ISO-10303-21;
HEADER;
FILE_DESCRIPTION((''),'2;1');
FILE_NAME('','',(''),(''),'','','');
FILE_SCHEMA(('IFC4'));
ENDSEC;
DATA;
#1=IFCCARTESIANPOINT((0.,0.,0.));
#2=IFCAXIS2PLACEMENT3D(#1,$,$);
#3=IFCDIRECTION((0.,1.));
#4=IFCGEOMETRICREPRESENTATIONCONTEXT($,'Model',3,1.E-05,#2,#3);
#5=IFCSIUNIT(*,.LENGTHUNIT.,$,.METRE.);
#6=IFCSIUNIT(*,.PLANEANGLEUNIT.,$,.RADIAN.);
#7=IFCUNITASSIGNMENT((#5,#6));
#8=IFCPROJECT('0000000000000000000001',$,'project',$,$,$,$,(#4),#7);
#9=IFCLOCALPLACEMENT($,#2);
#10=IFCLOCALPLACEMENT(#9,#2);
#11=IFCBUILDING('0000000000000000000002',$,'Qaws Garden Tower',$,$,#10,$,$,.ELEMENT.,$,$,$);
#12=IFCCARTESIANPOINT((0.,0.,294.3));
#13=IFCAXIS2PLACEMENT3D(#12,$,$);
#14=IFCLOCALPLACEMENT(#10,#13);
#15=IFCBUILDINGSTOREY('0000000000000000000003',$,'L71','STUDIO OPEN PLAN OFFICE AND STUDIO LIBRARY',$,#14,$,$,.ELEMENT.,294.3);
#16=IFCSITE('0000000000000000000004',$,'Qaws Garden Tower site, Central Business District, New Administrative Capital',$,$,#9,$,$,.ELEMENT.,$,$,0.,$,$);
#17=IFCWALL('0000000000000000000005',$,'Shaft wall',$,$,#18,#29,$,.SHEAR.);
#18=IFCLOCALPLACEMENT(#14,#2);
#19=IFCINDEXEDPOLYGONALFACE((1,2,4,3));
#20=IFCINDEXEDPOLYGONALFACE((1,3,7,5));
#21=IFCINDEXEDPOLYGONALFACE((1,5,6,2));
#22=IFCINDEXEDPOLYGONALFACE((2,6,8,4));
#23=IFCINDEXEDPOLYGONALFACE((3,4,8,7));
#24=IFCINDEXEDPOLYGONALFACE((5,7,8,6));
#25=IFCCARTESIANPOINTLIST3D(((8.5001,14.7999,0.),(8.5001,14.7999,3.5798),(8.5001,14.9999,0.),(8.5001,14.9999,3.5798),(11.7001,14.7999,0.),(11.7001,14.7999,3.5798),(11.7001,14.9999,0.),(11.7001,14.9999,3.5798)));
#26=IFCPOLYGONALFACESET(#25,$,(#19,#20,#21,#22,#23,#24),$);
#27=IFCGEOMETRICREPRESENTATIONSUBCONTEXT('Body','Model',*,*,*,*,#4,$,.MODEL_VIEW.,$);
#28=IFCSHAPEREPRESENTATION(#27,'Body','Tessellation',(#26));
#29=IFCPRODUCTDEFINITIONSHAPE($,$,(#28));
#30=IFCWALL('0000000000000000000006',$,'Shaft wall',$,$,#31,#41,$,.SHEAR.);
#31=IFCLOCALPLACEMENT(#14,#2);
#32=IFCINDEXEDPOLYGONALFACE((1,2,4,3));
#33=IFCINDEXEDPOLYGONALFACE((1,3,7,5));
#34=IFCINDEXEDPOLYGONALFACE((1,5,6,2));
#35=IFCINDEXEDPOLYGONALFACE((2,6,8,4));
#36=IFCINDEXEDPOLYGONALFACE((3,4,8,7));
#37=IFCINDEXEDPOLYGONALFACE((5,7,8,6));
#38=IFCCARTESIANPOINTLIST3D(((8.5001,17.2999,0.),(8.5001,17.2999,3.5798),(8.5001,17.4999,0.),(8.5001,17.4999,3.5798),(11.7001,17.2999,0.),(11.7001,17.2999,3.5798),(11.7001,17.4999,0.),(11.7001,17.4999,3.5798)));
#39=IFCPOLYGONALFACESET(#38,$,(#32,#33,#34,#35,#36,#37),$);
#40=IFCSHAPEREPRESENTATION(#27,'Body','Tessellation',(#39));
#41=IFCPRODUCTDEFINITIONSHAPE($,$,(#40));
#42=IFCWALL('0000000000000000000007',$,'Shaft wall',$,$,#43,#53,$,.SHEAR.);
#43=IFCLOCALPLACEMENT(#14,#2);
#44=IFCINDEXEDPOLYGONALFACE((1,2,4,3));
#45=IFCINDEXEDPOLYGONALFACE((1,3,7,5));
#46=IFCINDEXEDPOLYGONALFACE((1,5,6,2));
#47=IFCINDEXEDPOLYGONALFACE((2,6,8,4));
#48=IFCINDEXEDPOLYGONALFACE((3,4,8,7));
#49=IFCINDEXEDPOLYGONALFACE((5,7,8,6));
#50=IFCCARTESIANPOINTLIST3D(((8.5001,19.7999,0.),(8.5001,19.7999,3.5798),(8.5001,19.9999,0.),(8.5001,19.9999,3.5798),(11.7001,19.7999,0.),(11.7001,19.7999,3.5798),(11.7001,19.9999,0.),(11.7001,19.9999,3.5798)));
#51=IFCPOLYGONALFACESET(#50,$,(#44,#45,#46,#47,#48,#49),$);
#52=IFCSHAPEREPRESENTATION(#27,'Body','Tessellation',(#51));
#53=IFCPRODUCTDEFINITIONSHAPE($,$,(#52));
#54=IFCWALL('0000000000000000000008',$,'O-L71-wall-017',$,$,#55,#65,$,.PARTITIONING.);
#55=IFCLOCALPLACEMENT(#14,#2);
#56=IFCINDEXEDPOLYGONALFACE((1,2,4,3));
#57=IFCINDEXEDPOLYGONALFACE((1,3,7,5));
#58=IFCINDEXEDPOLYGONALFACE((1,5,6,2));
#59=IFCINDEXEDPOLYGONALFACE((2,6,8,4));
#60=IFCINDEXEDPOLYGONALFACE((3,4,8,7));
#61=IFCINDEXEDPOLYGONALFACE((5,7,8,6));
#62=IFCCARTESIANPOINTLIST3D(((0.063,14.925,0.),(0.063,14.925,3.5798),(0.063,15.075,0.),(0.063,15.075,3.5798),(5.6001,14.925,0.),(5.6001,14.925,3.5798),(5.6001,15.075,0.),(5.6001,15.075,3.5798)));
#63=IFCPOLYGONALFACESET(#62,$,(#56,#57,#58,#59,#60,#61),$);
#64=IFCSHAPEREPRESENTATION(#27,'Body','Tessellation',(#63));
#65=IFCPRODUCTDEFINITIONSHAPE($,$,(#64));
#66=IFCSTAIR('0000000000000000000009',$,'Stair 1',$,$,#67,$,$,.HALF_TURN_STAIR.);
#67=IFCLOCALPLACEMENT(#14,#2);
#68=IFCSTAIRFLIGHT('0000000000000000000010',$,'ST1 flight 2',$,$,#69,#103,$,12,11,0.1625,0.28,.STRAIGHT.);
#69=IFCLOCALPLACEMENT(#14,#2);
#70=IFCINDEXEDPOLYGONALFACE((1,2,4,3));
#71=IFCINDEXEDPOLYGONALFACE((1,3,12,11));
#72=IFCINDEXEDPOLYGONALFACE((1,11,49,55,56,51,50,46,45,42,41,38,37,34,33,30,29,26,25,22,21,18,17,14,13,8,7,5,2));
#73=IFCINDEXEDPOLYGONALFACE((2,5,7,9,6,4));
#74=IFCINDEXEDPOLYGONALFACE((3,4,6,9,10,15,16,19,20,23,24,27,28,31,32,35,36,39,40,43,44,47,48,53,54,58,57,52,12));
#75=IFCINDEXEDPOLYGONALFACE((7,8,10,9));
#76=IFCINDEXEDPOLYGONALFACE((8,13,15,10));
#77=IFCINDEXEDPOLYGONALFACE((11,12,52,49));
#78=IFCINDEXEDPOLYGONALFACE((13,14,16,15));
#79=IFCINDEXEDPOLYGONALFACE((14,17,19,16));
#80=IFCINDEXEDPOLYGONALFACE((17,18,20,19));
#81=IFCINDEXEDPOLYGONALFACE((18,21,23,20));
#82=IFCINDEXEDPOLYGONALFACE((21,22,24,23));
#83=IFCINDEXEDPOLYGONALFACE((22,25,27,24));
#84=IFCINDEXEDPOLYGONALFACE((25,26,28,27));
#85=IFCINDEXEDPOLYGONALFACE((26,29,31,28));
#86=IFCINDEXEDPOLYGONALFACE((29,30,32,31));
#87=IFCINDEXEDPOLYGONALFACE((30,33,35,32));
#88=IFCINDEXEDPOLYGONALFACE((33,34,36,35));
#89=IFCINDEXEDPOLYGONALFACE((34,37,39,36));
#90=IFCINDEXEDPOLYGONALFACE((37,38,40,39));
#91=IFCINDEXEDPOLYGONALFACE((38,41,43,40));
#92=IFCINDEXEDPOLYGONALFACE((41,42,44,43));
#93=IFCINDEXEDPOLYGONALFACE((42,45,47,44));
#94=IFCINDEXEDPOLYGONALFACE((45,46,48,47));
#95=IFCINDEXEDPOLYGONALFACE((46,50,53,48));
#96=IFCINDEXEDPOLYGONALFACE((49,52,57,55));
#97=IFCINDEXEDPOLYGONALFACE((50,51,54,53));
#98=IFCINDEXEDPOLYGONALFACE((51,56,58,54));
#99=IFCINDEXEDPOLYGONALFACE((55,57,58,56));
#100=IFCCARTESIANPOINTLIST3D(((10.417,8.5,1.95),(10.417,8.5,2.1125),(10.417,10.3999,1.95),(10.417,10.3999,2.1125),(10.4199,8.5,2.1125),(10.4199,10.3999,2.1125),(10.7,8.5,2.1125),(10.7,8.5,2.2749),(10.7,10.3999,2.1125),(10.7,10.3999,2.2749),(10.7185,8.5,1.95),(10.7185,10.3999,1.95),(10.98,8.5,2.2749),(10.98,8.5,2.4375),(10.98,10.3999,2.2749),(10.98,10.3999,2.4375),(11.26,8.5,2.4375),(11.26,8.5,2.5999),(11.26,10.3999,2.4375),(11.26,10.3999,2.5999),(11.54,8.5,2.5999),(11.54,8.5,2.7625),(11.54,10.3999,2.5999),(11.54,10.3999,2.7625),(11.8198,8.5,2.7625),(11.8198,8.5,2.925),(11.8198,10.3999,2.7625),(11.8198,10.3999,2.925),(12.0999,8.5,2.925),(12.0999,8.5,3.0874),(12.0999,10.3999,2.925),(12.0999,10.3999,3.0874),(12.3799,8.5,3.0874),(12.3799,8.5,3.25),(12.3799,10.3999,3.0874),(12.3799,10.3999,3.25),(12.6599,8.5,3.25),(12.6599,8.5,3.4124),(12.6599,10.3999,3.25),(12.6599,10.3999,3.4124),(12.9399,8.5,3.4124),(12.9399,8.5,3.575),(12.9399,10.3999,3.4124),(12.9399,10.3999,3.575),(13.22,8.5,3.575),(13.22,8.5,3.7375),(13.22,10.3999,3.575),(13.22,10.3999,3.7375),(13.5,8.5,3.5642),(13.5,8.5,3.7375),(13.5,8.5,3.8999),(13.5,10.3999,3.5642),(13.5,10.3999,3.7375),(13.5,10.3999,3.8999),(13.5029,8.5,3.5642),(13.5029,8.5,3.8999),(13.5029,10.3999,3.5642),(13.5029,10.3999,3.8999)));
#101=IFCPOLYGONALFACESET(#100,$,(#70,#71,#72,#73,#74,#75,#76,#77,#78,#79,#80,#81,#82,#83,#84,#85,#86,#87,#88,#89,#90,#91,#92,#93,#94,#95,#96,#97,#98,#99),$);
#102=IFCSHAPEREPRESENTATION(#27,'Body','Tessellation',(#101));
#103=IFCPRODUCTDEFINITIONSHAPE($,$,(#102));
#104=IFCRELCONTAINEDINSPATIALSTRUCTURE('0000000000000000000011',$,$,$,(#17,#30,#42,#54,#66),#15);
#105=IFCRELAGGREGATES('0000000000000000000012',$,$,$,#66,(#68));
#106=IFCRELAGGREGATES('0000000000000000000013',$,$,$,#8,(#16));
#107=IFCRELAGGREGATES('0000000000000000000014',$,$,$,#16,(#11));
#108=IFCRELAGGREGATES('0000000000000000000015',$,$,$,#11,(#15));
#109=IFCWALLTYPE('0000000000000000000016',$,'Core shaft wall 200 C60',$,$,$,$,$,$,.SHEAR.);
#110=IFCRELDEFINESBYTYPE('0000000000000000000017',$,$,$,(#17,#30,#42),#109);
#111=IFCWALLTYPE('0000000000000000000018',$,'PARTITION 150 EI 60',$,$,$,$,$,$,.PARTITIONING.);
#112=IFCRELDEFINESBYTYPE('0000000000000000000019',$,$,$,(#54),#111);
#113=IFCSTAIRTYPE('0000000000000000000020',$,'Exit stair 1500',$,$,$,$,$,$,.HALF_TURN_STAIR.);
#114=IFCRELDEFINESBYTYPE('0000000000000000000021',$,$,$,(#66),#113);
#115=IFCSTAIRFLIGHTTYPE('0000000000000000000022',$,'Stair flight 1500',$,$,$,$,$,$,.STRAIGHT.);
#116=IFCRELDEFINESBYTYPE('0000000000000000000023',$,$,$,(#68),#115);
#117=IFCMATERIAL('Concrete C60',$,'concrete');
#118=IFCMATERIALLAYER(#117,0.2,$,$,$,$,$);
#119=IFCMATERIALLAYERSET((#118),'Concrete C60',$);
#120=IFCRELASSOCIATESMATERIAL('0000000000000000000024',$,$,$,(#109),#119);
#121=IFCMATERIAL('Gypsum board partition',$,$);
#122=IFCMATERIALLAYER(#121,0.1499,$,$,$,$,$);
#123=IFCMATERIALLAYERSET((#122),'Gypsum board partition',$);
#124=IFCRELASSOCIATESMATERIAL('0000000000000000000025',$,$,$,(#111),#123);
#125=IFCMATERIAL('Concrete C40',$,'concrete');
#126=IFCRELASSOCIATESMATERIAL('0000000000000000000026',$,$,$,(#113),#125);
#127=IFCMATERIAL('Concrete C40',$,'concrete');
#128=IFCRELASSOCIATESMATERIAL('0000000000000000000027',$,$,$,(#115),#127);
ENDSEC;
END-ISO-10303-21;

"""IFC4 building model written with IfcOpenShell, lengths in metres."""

from ifc_helpers import new_model, si_unit, direction, frame, frame_2d, origin, place, context, subcontext, project, spatial, polyline, rectangle, outline, extrude, material, layer, layer_set, type_object, element, aggregate, save


model = new_model("IFC4")

# Units and contexts
model_context = context("Model", 3, precision=1e-05, world=origin(), true_north=direction((0.0, 1.0)))
body_context = subcontext(model_context, "Body", "Model", "MODEL_VIEW")
ifc_project = project(units=[si_unit("LENGTHUNIT", "METRE"), si_unit("PLANEANGLEUNIT", "RADIAN")], contexts=[model_context])

# Site, building, storey
site_placement = place(None, origin())
site = spatial("IfcSite", under=ifc_project, at=site_placement, Name="Qaws Garden Tower site, Central Business District, New Administrative Capital", CompositionType="ELEMENT", RefElevation=0.0)
building_placement = place(site_placement, origin())
building = spatial("IfcBuilding", under=site, at=building_placement, Name="Qaws Garden Tower", CompositionType="ELEMENT")
storey_placement = place(building_placement, frame((0.0, 0.0, 294.3)))
storey = spatial("IfcBuildingStorey", under=building, at=storey_placement, Name="L71", Description="STUDIO OPEN PLAN OFFICE AND STUDIO LIBRARY", CompositionType="ELEMENT", Elevation=294.3)

# Walls
ifc_material_1 = material(Name="Concrete C60", Category="concrete")
ifc_layer_1 = layer(ifc_material_1, 0.2)
ifc_layer_set_1 = layer_set([ifc_layer_1], Name="Concrete C60")
wall_type_1 = type_object("IfcWallType", Name="Core shaft wall 200 C60", PredefinedType="SHEAR", material=ifc_layer_set_1)
for number, where, z_axis, x_axis, name in (
    (1, (8.5, 14.8999, 0.0), (0.0, 0.0, 1.0), (1.0, 0.0, 0.0), "Shaft wall"),
    (2, (8.5, 17.3999, 0.0), (0.0, 0.0, 1.0), (1.0, 0.0, 0.0), "Shaft wall"),
    (3, (8.5, 19.8999, 0.0), (0.0, 0.0, 1.0), (1.0, 0.0, 0.0), "Shaft wall"),
):
    element("IfcWall", number, at=place(storey_placement, frame(where, z_axis=z_axis, x_axis=x_axis)), inside=storey, type_object=wall_type_1, Name=name, PredefinedType="SHEAR", context=body_context, shape_type="SweptSolid", body=[
        extrude(rectangle(XDim=3.2, YDim=0.2, at=frame_2d((1.6001, 0.0))), origin(), (0.0, 0.0, 1.0), 3.5798),
    ])
ifc_material_2 = material(Name="Gypsum board partition")
ifc_layer_2 = layer(ifc_material_2, 0.1499)
ifc_layer_set_2 = layer_set([ifc_layer_2], Name="Gypsum board partition")
wall_type_2 = type_object("IfcWallType", Name="PARTITION 150 EI 60", PredefinedType="PARTITIONING", material=ifc_layer_set_2)
wall_1_placement = place(storey_placement, frame((0.063, 15.0, 0.0), z_axis=(0.0, 0.0, 1.0), x_axis=(1.0, 0.0, 0.0)))
element("IfcWall", 4, at=wall_1_placement, inside=storey, type_object=wall_type_2, Name="O-L71-wall-017", PredefinedType="PARTITIONING", context=body_context, shape_type="SweptSolid", body=[
    extrude(rectangle(XDim=5.5371, YDim=0.1499, at=frame_2d((2.7686, 0.0))), origin(), (0.0, 0.0, 1.0), 3.5798),
])

# Stair, stair flight
ifc_material_3 = material(Name="Concrete C40", Category="concrete")
stair_type = type_object("IfcStairType", Name="Exit stair 1500", PredefinedType="HALF_TURN_STAIR", material=ifc_material_3)
stair_placement = place(storey_placement, origin())
stair = element("IfcStair", 5, at=stair_placement, inside=storey, type_object=stair_type, Name="Stair 1", PredefinedType="HALF_TURN_STAIR")
ifc_material_4 = material(Name="Concrete C40", Category="concrete")
stair_flight_type = type_object("IfcStairFlightType", Name="Stair flight 1500", PredefinedType="STRAIGHT", material=ifc_material_4)
stair_flight_placement = place(storey_placement, frame((10.4199, 9.45, 1.95), z_axis=(0.0, 0.0, 1.0), x_axis=(1.0, 0.0, 0.0)))
stair_flight = element("IfcStairFlight", 6, at=stair_flight_placement, type_object=stair_flight_type, Name="ST1 flight 2", NumberOfRisers=12, NumberOfTreads=11, PredefinedType="STRAIGHT", RiserHeight=0.1625, TreadLength=0.28, context=body_context, shape_type="SweptSolid", body=[
    extrude(outline(polyline([(-0.0029, 0.0), (-0.0029, 0.1626), (0.0, 0.1626), (0.28, 0.1626), (0.28, 0.325), (0.5601, 0.325), (0.5601, 0.4875), (0.8401, 0.4875), (0.8401, 0.6499), (1.1201, 0.6499), (1.1201, 0.8125), (1.3999, 0.8125), (1.3999, 0.9751), (1.6799, 0.9751), (1.6799, 1.1375), (1.96, 1.1375), (1.96, 1.3), (2.24, 1.3), (2.24, 1.4624), (2.52, 1.4624), (2.52, 1.625), (2.8, 1.625), (2.8, 1.7876), (3.0801, 1.7876), (3.0801, 1.95), (3.083, 1.95), (3.083, 1.6143), (3.0801, 1.6143), (0.2986, 0.0), (-0.0029, 0.0)])), frame((0.0, 0.95, 0.0), z_axis=(0.0, -1.0, 0.0), x_axis=(1.0, 0.0, 0.0)), (0.0, 0.0, 1.0), 1.8999),
])
aggregate(stair, [stair_flight])

save(model, "model.ifc")
